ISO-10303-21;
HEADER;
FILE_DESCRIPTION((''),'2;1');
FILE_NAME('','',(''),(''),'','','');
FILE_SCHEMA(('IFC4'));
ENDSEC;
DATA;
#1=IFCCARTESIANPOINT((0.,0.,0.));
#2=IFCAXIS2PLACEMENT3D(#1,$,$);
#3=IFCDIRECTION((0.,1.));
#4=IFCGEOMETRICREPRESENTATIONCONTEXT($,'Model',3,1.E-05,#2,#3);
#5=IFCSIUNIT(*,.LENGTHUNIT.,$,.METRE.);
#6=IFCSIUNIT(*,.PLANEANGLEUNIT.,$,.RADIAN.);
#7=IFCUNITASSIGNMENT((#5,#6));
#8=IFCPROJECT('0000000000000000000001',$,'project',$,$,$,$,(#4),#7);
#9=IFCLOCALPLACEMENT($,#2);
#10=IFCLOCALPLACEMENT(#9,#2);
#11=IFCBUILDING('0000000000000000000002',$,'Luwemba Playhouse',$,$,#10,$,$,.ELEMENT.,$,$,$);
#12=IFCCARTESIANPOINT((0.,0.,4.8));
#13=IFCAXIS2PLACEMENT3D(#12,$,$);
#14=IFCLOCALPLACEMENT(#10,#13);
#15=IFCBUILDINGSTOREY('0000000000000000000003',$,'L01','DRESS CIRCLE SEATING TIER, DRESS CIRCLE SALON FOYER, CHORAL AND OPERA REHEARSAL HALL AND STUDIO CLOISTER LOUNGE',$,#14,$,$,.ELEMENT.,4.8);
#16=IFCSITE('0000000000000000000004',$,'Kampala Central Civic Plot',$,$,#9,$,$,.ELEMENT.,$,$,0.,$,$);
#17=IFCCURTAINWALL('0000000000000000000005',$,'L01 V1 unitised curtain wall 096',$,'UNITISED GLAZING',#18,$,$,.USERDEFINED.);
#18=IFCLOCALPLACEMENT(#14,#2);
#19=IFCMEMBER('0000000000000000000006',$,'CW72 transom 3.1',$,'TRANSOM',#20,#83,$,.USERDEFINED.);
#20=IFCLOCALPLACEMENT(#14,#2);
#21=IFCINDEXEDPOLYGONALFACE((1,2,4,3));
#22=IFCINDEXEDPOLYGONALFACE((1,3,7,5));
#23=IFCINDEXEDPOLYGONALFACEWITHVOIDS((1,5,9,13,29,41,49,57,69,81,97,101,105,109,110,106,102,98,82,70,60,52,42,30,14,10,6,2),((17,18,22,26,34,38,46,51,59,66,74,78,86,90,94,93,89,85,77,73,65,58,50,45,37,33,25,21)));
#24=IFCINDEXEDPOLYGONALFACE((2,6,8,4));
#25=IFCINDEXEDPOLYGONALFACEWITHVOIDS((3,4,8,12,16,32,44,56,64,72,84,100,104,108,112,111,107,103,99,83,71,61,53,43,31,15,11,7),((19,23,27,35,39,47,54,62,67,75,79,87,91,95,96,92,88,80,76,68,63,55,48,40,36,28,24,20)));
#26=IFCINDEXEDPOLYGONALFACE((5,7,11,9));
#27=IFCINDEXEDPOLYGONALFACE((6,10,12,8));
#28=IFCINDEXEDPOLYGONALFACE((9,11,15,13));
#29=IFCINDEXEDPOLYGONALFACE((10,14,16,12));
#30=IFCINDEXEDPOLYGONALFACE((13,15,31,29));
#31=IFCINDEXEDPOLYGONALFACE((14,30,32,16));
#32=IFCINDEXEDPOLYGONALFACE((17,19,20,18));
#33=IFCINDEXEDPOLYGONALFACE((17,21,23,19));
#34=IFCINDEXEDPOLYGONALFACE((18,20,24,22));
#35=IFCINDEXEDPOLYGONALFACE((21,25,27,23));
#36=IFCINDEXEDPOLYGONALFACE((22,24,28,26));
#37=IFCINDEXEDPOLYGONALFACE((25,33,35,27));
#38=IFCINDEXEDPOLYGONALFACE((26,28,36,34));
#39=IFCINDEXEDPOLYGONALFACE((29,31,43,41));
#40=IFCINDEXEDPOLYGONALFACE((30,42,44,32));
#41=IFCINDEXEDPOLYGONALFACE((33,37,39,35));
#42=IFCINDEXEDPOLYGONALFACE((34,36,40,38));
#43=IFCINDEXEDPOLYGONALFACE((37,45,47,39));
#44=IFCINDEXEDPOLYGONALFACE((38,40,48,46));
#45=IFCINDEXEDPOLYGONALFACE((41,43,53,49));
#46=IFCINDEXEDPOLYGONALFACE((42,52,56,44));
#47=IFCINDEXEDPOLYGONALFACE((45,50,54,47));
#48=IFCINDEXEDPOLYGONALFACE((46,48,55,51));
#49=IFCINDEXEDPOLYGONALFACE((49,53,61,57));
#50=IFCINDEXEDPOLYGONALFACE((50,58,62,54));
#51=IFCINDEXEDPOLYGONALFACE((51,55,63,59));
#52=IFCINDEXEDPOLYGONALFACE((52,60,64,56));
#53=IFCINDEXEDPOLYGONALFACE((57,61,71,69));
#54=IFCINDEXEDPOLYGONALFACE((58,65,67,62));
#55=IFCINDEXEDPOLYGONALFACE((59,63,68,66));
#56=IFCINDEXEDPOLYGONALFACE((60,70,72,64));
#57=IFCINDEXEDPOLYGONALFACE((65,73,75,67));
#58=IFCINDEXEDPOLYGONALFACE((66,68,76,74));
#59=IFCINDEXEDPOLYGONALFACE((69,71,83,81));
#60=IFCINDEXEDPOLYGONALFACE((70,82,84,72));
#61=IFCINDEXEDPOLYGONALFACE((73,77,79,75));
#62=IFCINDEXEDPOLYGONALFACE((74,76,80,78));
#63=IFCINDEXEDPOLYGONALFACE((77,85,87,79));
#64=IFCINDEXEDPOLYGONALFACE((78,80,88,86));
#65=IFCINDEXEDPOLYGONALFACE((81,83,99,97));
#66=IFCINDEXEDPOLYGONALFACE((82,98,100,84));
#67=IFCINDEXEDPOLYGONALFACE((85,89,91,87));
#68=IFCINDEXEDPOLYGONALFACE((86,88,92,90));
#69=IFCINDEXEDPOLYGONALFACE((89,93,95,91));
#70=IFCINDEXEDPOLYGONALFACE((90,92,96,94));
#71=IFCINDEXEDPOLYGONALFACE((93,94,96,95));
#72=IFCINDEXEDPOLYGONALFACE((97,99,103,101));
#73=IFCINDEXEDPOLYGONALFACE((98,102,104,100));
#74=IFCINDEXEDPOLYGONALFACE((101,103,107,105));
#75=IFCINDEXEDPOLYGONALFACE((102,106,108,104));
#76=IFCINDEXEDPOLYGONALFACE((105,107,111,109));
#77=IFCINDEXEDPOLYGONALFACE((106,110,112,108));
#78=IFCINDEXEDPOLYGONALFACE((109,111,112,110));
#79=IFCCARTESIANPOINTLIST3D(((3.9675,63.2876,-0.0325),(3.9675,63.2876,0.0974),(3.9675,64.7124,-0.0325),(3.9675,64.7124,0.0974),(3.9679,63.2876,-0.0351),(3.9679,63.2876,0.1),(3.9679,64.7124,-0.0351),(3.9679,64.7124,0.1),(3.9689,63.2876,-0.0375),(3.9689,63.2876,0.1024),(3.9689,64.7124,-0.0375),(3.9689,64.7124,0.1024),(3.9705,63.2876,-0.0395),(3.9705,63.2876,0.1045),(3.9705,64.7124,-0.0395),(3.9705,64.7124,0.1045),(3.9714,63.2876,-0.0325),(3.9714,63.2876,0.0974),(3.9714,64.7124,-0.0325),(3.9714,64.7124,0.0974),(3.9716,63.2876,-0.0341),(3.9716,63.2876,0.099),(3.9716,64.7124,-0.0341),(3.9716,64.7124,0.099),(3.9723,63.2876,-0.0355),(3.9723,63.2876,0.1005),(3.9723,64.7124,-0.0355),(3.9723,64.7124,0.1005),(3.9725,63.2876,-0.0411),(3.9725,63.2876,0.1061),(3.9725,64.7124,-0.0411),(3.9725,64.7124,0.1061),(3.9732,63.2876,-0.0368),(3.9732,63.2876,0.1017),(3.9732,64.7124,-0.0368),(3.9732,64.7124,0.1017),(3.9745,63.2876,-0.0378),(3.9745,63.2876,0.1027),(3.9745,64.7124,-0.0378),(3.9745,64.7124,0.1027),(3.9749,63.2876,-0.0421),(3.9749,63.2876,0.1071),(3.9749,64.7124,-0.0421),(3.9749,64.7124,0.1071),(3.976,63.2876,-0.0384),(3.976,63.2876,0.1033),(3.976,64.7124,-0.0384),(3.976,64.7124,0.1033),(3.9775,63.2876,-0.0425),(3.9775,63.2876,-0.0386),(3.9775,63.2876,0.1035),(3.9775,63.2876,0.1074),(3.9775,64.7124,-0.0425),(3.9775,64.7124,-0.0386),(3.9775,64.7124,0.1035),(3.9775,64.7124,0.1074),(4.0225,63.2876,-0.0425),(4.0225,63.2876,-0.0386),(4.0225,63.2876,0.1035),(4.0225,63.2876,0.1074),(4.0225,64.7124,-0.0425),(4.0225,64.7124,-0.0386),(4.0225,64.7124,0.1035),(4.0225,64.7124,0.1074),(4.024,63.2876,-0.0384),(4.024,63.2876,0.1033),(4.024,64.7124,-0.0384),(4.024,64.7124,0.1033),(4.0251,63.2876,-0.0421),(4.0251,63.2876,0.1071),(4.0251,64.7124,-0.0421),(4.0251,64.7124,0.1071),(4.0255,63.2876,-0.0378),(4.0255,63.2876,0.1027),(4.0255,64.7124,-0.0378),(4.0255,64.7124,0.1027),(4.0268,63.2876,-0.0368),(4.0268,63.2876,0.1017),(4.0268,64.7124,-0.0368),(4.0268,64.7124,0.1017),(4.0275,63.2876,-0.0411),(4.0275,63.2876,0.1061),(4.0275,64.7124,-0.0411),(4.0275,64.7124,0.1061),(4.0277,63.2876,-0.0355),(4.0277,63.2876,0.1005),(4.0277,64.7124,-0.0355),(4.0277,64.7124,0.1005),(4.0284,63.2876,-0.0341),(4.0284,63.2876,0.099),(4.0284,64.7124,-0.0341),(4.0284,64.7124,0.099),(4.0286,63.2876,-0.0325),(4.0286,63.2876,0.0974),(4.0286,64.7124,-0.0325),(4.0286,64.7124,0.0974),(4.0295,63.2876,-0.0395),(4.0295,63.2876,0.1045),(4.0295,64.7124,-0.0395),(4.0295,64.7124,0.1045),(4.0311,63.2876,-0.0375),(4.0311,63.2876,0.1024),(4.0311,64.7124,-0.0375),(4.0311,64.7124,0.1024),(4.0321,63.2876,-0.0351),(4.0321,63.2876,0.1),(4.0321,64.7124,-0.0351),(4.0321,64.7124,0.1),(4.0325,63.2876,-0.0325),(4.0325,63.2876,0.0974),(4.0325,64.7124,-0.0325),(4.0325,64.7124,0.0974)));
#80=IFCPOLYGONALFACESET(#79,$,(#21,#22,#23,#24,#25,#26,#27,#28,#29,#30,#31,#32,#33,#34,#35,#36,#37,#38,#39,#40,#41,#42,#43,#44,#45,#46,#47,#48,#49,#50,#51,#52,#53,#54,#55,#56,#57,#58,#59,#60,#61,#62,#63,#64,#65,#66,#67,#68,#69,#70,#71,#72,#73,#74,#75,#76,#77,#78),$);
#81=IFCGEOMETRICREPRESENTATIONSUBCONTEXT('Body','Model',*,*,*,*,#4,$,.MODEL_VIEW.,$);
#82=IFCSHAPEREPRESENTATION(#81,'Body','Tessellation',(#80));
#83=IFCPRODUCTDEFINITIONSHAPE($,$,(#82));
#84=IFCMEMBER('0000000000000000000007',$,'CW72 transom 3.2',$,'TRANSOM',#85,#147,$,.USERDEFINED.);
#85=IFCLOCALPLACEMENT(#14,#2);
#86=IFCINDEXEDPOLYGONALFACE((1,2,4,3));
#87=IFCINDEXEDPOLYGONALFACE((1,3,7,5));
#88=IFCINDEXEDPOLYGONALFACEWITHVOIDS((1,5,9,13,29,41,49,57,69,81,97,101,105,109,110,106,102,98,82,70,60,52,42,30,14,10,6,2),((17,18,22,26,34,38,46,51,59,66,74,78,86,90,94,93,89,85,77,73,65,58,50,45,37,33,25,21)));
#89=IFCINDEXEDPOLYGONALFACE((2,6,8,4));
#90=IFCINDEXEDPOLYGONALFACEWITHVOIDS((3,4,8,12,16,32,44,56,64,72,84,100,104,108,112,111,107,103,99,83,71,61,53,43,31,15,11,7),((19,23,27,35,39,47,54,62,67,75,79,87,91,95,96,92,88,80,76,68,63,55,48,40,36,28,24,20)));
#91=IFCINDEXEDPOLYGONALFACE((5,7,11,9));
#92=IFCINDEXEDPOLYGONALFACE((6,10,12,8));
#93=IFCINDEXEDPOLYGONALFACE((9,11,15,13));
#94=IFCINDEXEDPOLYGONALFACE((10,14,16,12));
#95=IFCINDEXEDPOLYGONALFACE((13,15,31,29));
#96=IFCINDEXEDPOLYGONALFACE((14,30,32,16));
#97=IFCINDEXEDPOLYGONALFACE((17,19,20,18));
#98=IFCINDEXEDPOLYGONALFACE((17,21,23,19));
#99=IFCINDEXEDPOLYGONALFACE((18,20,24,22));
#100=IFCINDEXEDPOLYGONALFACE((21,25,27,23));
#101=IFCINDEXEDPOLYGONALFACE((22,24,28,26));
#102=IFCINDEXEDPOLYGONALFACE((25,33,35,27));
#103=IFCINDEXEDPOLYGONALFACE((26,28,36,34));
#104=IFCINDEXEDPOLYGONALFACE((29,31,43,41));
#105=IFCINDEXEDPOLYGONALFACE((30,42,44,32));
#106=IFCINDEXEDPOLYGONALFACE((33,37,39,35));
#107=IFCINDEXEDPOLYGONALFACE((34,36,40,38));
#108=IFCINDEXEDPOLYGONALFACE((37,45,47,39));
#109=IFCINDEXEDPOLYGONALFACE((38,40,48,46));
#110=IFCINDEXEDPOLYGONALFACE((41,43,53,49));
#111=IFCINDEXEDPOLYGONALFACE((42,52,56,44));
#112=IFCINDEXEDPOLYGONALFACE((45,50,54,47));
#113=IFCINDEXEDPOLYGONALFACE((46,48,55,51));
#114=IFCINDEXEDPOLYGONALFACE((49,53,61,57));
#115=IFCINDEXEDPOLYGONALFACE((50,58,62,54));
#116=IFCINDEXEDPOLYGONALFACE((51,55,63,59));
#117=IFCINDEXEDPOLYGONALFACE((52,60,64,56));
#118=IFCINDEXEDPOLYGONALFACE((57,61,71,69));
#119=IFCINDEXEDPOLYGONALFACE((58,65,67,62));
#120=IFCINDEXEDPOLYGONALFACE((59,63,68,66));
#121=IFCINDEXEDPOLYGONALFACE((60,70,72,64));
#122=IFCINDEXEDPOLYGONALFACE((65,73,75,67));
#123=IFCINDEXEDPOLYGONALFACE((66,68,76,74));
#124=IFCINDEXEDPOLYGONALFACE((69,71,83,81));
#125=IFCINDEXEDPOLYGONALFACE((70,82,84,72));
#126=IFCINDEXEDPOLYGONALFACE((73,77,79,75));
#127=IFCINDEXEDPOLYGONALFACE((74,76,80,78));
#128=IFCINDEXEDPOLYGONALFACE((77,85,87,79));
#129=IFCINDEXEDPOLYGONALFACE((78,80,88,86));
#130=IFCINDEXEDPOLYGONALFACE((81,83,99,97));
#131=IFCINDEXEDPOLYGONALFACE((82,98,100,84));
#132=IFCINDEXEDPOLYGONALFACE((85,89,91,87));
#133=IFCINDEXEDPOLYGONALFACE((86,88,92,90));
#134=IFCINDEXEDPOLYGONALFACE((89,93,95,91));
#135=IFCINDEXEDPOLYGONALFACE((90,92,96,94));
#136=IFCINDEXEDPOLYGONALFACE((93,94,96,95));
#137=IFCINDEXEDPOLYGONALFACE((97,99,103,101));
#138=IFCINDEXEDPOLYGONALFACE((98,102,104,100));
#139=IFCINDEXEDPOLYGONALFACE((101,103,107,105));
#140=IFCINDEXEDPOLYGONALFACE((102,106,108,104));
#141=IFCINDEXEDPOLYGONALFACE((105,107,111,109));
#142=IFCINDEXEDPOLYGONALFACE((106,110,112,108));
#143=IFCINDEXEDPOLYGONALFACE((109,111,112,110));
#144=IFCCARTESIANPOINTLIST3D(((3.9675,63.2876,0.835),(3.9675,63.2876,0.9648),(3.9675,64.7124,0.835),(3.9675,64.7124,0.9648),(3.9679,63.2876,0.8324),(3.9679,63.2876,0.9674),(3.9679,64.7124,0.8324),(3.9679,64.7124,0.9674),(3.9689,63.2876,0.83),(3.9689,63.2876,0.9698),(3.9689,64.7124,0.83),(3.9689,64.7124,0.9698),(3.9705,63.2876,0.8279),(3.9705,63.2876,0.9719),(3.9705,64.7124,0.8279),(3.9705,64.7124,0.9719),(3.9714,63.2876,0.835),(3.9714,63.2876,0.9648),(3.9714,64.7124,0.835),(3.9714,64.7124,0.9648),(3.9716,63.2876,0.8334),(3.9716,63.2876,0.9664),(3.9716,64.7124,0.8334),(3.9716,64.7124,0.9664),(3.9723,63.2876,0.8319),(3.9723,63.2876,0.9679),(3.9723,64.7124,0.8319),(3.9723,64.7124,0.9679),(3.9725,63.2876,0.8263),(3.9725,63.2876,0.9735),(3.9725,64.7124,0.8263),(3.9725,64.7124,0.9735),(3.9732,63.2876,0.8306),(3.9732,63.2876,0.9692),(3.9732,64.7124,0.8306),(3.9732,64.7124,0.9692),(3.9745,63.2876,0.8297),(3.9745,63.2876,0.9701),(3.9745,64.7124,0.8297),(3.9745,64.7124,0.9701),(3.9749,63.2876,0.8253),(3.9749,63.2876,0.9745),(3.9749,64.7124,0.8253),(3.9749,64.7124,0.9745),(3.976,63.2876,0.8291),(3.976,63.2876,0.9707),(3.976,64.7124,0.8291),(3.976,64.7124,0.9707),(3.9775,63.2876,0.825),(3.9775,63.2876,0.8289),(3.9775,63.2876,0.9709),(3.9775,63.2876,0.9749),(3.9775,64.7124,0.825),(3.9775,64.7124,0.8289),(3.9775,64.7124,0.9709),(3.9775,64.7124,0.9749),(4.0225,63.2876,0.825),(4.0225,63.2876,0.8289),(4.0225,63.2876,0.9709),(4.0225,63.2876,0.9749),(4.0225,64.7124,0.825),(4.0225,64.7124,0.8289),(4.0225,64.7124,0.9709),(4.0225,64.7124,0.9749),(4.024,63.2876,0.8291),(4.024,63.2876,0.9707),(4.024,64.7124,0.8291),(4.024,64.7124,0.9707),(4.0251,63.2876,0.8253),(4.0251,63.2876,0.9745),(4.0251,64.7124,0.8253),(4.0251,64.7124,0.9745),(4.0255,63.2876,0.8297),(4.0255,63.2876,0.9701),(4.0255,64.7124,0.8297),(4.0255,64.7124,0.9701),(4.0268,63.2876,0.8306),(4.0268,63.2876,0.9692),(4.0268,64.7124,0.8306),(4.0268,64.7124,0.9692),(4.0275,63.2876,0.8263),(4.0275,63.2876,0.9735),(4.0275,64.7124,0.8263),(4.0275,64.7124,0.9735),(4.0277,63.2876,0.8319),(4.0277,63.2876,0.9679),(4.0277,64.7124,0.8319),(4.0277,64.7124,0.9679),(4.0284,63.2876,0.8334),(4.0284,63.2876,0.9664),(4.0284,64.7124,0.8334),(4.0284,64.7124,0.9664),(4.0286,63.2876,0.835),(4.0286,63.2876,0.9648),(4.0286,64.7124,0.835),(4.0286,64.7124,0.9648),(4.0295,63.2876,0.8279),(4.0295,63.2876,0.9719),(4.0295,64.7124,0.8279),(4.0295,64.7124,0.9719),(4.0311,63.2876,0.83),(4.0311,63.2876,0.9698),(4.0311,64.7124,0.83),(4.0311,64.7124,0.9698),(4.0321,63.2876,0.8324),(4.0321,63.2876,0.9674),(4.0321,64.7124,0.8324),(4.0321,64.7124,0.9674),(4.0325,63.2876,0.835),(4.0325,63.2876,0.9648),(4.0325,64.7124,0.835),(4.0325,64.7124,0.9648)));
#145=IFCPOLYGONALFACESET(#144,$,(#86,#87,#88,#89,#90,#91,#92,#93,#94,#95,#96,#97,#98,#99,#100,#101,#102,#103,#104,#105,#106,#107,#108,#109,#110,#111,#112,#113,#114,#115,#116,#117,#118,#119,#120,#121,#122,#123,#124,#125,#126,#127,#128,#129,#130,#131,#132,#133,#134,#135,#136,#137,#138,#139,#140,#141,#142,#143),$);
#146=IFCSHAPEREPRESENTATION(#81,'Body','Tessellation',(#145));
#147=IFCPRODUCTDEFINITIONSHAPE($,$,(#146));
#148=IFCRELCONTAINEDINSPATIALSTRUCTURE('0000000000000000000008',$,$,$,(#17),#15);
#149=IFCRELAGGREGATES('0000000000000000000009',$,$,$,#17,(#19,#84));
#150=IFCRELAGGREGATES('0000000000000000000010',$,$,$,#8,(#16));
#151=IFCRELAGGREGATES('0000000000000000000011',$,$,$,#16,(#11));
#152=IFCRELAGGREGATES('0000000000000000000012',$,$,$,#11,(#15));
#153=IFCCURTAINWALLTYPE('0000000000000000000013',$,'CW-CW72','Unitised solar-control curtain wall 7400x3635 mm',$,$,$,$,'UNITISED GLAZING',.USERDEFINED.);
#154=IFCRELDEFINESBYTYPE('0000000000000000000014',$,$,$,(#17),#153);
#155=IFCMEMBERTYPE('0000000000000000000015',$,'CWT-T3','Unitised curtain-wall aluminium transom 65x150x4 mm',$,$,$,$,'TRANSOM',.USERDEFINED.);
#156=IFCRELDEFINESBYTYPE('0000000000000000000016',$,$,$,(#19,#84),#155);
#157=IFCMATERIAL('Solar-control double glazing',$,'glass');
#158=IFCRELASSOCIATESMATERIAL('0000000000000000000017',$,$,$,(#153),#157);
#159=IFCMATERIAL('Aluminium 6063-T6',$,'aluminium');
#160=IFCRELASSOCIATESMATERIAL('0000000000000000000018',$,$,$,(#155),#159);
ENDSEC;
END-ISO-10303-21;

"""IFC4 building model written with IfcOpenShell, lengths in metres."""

from ifc_helpers import new_model, si_unit, direction, frame, origin, origin_2d, place, context, subcontext, project, spatial, hollow_rectangle, extrude, material, material_profile, profile_set, type_object, element, aggregate, save


model = new_model("IFC4")

# Units and contexts
model_context = context("Model", 3, precision=1e-05, world=origin(), true_north=direction((0.0, 1.0)))
body_context = subcontext(model_context, "Body", "Model", "MODEL_VIEW")
ifc_project = project(units=[si_unit("LENGTHUNIT", "METRE"), si_unit("PLANEANGLEUNIT", "RADIAN")], contexts=[model_context])

# Site, building, storey
site_placement = place(None, origin())
site = spatial("IfcSite", under=ifc_project, at=site_placement, Name="Kampala Central Civic Plot", CompositionType="ELEMENT", RefElevation=0.0)
building_placement = place(site_placement, origin())
building = spatial("IfcBuilding", under=site, at=building_placement, Name="Luwemba Playhouse", CompositionType="ELEMENT")
storey_placement = place(building_placement, frame((0.0, 0.0, 4.8)))
storey = spatial("IfcBuildingStorey", under=building, at=storey_placement, Name="L01", Description="DRESS CIRCLE SEATING TIER, DRESS CIRCLE SALON FOYER, CHORAL AND OPERA REHEARSAL HALL AND STUDIO CLOISTER LOUNGE", CompositionType="ELEMENT", Elevation=4.8)

# Curtain wall, members
ifc_material_1 = material(Name="Solar-control double glazing", Category="glass")
curtain_wall_type = type_object("IfcCurtainWallType", Name="CW-CW72", Description="Unitised solar-control curtain wall 7400x3635 mm", ElementType="UNITISED GLAZING", PredefinedType="USERDEFINED", material=ifc_material_1)
curtain_wall_placement = place(storey_placement, origin())
curtain_wall = element("IfcCurtainWall", 1, at=curtain_wall_placement, inside=storey, type_object=curtain_wall_type, Name="L01 V1 unitised curtain wall 096", ObjectType="UNITISED GLAZING", PredefinedType="USERDEFINED")
ifc_material_2 = material(Name="Aluminium 6063-T6", Category="aluminium")
ifc_material_profile_1 = material_profile(ifc_material_2, hollow_rectangle(XDim=0.0649, YDim=0.1499, WallThickness=0.0039, InnerFilletRadius=0.0061, OuterFilletRadius=0.01, at=origin_2d()))
ifc_profile_set_1 = profile_set([ifc_material_profile_1], Name="Aluminium 6063-T6")
member_type_1 = type_object("IfcMemberType", Name="CWT-T3", Description="Unitised curtain-wall aluminium transom 65x150x4 mm", ElementType="TRANSOM", PredefinedType="USERDEFINED", material=ifc_profile_set_1)
member_1_placement = place(storey_placement, frame((4.0, 63.2876, 0.0325), z_axis=(0.0, 1.0, 0.0), x_axis=(-1.0, 0.0, 0.0)))
member_1 = element("IfcMember", 2, at=member_1_placement, type_object=member_type_1, Name="CW72 transom 3.1", ObjectType="TRANSOM", PredefinedType="USERDEFINED", context=body_context, shape_type="SweptSolid", body=[
    extrude(hollow_rectangle(XDim=0.0649, YDim=0.1499, WallThickness=0.0039, InnerFilletRadius=0.0061, OuterFilletRadius=0.01, at=origin_2d()), origin(), (0.0, 0.0, 1.0), 1.4248),
])
member_2_placement = place(storey_placement, frame((4.0, 63.2876, 0.8999), z_axis=(0.0, 1.0, 0.0), x_axis=(-1.0, 0.0, 0.0)))
member_2 = element("IfcMember", 3, at=member_2_placement, type_object=member_type_1, Name="CW72 transom 3.2", ObjectType="TRANSOM", PredefinedType="USERDEFINED", context=body_context, shape_type="SweptSolid", body=[
    extrude(hollow_rectangle(XDim=0.0649, YDim=0.1499, WallThickness=0.0039, InnerFilletRadius=0.0061, OuterFilletRadius=0.01, at=origin_2d()), origin(), (0.0, 0.0, 1.0), 1.4248),
])
aggregate(curtain_wall, [member_1, member_2])

save(model, "model.ifc")
